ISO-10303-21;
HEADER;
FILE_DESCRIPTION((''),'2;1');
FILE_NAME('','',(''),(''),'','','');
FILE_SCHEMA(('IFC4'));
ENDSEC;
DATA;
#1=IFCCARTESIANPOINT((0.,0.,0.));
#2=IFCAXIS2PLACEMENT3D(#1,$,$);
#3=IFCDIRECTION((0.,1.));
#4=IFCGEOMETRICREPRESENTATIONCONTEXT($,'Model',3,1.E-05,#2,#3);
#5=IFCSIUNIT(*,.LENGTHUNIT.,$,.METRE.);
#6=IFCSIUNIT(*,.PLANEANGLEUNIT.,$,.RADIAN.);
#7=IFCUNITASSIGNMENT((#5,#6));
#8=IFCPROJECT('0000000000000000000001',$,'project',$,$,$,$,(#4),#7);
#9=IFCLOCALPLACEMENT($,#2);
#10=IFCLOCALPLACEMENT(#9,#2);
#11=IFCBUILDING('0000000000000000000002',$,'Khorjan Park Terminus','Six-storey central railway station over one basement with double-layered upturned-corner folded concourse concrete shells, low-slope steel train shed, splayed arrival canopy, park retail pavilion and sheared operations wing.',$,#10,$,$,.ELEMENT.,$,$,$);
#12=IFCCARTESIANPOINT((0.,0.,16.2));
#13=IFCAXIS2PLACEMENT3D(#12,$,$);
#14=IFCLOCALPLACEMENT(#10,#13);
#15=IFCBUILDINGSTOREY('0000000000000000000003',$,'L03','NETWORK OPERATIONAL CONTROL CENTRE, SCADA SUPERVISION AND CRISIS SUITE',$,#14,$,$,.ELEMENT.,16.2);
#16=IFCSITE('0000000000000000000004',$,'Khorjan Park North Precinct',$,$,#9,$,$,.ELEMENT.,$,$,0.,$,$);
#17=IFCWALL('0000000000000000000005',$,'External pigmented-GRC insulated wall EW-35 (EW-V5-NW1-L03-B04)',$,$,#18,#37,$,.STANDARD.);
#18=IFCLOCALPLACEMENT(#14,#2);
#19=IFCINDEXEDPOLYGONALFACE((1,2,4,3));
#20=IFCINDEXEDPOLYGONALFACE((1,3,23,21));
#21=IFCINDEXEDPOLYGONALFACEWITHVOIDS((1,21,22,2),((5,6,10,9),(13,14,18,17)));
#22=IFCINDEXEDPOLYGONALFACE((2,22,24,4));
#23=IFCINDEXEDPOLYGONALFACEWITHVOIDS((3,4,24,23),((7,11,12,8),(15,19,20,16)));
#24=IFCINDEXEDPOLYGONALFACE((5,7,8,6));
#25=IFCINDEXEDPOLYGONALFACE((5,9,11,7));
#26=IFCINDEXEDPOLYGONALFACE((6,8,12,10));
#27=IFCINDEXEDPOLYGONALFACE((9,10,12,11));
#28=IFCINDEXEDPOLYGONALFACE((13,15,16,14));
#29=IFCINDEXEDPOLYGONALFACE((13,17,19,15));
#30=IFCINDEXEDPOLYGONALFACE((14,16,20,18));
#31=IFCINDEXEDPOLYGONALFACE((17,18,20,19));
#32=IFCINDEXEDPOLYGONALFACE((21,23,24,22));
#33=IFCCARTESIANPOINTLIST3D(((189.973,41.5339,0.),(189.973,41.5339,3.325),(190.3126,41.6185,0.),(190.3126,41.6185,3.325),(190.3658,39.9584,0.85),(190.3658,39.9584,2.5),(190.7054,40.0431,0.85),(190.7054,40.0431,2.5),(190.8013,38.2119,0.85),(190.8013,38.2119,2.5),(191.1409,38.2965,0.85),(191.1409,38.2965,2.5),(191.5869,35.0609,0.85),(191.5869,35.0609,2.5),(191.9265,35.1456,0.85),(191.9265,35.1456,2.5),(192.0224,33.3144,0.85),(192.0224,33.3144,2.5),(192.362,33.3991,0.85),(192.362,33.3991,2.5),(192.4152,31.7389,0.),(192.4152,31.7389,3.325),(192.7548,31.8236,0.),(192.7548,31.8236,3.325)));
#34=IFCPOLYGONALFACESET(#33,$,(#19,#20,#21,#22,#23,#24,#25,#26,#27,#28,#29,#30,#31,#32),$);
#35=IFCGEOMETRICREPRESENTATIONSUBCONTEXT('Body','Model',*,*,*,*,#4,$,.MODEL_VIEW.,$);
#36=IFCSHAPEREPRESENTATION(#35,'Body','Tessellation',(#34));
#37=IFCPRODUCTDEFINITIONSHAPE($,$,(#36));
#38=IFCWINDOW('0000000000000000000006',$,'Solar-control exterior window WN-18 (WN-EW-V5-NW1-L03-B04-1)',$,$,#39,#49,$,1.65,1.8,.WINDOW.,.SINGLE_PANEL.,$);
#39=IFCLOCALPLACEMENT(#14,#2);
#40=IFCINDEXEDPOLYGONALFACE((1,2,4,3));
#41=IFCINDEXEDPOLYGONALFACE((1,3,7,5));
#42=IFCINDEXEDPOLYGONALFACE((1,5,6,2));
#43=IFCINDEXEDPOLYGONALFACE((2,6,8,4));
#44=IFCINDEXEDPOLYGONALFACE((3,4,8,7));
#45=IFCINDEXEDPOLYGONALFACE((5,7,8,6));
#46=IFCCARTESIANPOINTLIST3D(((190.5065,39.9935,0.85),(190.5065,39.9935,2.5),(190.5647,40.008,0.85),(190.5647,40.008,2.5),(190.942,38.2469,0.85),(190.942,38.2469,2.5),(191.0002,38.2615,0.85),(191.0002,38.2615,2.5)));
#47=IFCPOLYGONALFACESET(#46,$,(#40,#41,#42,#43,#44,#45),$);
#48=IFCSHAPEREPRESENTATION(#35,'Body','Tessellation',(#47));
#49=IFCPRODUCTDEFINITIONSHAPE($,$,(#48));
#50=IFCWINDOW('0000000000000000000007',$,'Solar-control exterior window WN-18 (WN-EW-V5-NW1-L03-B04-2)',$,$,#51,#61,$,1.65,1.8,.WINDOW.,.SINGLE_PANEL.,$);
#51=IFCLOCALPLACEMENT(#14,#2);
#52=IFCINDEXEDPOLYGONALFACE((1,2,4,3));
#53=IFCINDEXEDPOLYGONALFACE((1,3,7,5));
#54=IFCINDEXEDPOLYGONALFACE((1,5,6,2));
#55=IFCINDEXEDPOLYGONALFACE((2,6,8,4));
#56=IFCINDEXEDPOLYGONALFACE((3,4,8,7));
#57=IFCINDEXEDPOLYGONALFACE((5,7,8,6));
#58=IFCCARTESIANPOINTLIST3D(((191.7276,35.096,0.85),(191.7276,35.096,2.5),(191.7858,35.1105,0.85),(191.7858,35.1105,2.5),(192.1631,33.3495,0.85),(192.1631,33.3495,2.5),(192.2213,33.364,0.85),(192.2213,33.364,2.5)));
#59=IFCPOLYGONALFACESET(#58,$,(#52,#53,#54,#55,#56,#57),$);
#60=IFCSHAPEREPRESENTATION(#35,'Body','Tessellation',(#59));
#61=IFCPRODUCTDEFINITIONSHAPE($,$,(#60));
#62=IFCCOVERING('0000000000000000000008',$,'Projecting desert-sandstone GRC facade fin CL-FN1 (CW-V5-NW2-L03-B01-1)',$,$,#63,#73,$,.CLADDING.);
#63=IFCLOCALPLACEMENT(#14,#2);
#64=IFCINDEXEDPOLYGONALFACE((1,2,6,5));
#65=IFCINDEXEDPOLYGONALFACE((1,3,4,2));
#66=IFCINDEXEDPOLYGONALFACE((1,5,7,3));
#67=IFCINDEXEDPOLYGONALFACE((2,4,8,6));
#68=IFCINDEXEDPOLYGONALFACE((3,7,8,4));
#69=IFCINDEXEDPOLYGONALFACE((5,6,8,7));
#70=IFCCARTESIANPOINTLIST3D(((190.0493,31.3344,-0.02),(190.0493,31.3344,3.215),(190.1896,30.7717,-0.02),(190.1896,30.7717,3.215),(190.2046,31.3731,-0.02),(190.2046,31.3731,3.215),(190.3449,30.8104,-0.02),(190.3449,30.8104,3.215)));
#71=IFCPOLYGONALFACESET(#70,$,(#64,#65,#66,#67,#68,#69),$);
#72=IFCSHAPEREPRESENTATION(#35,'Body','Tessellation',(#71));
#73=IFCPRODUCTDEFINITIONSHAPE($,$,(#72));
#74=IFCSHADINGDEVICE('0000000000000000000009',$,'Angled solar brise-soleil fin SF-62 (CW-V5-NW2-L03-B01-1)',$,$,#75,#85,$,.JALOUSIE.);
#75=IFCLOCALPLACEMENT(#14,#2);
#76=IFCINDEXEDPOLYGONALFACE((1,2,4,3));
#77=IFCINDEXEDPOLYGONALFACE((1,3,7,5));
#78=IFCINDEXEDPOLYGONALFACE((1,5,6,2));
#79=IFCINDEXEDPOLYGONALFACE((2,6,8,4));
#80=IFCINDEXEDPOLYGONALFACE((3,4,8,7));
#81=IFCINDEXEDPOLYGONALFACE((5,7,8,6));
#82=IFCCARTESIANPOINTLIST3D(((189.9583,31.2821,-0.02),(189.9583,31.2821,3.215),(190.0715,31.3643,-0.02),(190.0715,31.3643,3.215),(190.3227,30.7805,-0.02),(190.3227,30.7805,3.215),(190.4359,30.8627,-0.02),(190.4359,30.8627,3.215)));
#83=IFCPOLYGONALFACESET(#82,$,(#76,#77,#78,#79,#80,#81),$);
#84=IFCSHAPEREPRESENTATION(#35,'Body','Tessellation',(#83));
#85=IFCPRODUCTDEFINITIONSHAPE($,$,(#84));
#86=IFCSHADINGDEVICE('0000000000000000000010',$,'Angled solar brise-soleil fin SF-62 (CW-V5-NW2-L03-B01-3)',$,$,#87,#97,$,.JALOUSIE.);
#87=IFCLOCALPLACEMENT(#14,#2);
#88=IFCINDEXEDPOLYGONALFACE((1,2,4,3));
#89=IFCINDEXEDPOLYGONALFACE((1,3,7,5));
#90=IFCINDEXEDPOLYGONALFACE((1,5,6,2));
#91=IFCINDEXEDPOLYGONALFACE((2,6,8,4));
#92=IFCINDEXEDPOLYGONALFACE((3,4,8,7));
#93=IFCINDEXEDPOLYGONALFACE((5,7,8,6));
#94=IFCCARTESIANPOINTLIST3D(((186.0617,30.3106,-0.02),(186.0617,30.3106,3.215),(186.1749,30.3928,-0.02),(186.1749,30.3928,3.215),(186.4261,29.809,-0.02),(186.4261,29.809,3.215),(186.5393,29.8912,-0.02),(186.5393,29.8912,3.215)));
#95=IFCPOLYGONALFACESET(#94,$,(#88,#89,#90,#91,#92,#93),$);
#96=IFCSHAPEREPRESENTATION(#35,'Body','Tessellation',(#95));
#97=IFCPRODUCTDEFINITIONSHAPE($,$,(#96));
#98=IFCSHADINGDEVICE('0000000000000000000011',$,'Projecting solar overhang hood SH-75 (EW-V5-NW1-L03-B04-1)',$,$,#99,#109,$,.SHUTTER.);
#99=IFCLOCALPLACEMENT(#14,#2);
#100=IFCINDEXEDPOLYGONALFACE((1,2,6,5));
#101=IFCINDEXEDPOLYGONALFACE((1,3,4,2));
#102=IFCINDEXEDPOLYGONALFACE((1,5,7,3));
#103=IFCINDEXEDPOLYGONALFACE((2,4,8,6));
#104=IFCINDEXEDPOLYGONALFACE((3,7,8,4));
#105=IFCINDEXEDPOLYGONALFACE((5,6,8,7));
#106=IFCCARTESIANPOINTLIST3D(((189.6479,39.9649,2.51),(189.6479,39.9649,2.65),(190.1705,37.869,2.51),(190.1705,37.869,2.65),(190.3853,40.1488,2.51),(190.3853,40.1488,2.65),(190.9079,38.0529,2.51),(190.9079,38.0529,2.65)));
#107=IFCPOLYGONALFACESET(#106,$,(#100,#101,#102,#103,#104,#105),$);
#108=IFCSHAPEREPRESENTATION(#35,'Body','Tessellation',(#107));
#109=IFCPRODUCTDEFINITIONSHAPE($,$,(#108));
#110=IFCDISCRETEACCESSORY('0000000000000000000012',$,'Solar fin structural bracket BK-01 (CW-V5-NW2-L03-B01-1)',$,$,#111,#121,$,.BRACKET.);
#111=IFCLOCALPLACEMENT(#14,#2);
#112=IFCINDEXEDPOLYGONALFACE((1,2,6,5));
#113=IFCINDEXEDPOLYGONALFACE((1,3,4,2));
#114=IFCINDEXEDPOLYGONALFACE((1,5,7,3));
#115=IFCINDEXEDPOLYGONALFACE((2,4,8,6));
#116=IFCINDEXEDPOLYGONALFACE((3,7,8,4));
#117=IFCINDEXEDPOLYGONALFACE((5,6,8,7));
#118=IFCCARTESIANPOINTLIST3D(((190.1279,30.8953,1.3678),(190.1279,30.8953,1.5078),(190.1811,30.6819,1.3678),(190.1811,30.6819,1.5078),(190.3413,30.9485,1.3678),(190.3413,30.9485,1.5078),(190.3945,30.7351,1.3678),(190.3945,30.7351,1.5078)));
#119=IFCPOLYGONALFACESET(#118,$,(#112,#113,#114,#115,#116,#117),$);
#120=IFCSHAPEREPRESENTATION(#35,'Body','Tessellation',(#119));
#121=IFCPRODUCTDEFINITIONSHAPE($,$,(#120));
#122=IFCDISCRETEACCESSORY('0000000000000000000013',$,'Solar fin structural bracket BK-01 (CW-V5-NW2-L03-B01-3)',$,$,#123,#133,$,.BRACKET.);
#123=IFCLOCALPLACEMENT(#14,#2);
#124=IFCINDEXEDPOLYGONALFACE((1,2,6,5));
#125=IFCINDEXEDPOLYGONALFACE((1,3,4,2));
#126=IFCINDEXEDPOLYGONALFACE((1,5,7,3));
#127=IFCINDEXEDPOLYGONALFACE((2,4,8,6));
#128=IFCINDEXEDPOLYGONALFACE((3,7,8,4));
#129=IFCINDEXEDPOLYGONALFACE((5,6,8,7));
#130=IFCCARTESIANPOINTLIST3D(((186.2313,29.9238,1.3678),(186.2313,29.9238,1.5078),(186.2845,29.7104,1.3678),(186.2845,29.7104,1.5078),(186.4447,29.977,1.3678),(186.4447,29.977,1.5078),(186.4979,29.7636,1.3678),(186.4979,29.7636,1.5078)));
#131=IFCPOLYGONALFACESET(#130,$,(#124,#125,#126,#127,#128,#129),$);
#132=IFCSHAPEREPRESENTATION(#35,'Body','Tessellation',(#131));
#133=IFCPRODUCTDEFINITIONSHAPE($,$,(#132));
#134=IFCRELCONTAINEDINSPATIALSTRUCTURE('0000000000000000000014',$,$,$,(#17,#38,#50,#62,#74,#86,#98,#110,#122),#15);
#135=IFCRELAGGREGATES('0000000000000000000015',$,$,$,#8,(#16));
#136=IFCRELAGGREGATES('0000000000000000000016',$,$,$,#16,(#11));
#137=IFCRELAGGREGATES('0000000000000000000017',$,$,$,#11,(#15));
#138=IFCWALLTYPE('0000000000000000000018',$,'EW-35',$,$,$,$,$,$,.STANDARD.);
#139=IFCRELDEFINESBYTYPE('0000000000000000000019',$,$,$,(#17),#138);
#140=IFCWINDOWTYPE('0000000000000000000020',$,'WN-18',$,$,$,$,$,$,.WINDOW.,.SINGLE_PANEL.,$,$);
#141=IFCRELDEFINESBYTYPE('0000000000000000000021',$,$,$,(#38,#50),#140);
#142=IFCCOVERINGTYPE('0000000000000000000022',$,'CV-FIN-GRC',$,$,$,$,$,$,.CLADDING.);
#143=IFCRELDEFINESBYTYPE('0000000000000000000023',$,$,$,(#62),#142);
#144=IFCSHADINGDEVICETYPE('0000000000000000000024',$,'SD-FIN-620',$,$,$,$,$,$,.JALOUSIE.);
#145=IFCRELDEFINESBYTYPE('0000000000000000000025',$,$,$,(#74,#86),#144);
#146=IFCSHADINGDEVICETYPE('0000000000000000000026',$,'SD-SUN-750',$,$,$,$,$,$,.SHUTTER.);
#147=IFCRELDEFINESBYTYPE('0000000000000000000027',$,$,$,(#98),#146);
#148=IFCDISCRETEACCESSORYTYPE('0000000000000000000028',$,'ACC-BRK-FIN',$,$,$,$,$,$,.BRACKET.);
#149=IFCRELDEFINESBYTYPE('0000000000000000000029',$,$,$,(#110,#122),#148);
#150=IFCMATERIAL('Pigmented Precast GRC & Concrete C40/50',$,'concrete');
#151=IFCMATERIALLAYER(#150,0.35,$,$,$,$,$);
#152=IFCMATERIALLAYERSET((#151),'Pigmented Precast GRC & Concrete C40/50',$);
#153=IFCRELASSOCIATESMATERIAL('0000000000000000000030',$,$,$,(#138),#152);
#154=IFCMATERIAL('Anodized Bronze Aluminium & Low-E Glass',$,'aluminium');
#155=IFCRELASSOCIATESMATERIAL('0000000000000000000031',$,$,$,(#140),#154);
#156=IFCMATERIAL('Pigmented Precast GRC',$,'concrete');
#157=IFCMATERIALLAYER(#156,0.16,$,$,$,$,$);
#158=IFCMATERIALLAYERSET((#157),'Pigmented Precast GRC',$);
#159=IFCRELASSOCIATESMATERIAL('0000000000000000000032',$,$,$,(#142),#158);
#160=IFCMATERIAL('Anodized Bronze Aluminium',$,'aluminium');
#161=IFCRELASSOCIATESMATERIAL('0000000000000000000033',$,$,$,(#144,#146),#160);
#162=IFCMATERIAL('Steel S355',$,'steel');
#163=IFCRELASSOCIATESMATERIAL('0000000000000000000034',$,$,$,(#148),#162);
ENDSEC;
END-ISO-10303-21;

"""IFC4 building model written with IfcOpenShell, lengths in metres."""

from ifc_helpers import new_model, si_unit, direction, frame, frame_2d, origin, origin_2d, place, context, subcontext, project, spatial, rectangle, extrude, material, layer, layer_set, type_object, element, fill, save


model = new_model("IFC4")

# Units and contexts
model_context = context("Model", 3, precision=1e-05, world=origin(), true_north=direction((0.0, 1.0)))
body_context = subcontext(model_context, "Body", "Model", "MODEL_VIEW")
ifc_project = project(units=[si_unit("LENGTHUNIT", "METRE"), si_unit("PLANEANGLEUNIT", "RADIAN")], contexts=[model_context])

# Site, building, storey
site_placement = place(None, origin())
site = spatial("IfcSite", under=ifc_project, at=site_placement, Name="Khorjan Park North Precinct", CompositionType="ELEMENT", RefElevation=0.0)
building_placement = place(site_placement, origin())
building = spatial("IfcBuilding", under=site, at=building_placement, Name="Khorjan Park Terminus", Description="Six-storey central railway station over one basement with double-layered upturned-corner folded concourse concrete shells, low-slope steel train shed, splayed arrival canopy, park retail pavilion and sheared operations wing.", CompositionType="ELEMENT")
storey_placement = place(building_placement, frame((0.0, 0.0, 16.2)))
storey = spatial("IfcBuildingStorey", under=building, at=storey_placement, Name="L03", Description="NETWORK OPERATIONAL CONTROL CENTRE, SCADA SUPERVISION AND CRISIS SUITE", CompositionType="ELEMENT", Elevation=16.2)

# Shared definitions
ifc_material_1 = material(Name="Anodized Bronze Aluminium", Category="aluminium")

# Wall, openings, windows
ifc_material_2 = material(Name="Pigmented Precast GRC & Concrete C40/50", Category="concrete")
ifc_layer_1 = layer(ifc_material_2, 0.35)
ifc_layer_set_1 = layer_set([ifc_layer_1], Name="Pigmented Precast GRC & Concrete C40/50")
wall_type = type_object("IfcWallType", Name="EW-35", PredefinedType="STANDARD", material=ifc_layer_set_1)
wall_placement = place(storey_placement, frame((190.1428, 41.5762, 0.0), z_axis=(0.0, 0.0, 1.0), x_axis=(0.241927, -0.970294, 0.0)))
wall = element("IfcWall", 1, at=wall_placement, inside=storey, type_object=wall_type, Name="External pigmented-GRC insulated wall EW-35 (EW-V5-NW1-L03-B04)", PredefinedType="STANDARD", context=body_context, shape_type="SweptSolid", body=[
    extrude(rectangle(XDim=10.0948, YDim=0.35, at=frame_2d((5.0474, 0.0))), origin(), (0.0, 0.0, 1.0), 3.325),
])
opening_1_placement = place(wall_placement, frame((1.6237, 0.0, 0.85)))
opening_1 = element("IfcOpeningElement", 2, at=opening_1_placement, cuts=wall, PredefinedType="OPENING", context=body_context, shape_type="SweptSolid", body=[
    extrude(rectangle(XDim=1.8, YDim=1.65, at=frame_2d((0.9, 0.825))), frame((0.0, 0.185, 0.0), z_axis=(0.0, -1.0, 0.0), x_axis=(1.0, 0.0, 0.0)), (0.0, 0.0, 1.0), 0.37),
])
opening_2_placement = place(wall_placement, frame((6.6711, 0.0, 0.85)))
opening_2 = element("IfcOpeningElement", 3, at=opening_2_placement, cuts=wall, PredefinedType="OPENING", context=body_context, shape_type="SweptSolid", body=[
    extrude(rectangle(XDim=1.8, YDim=1.65, at=frame_2d((0.9, 0.825))), frame((0.0, 0.185, 0.0), z_axis=(0.0, -1.0, 0.0), x_axis=(1.0, 0.0, 0.0)), (0.0, 0.0, 1.0), 0.37),
])
ifc_material_3 = material(Name="Anodized Bronze Aluminium & Low-E Glass", Category="aluminium")
window_type = type_object("IfcWindowType", Name="WN-18", PartitioningType="SINGLE_PANEL", PredefinedType="WINDOW", material=ifc_material_3)
window_1_placement = place(opening_1_placement, origin())
window_1 = element("IfcWindow", 4, at=window_1_placement, inside=storey, type_object=window_type, Name="Solar-control exterior window WN-18 (WN-EW-V5-NW1-L03-B04-1)", OverallHeight=1.65, OverallWidth=1.8, PartitioningType="SINGLE_PANEL", PredefinedType="WINDOW", context=body_context, shape_type="SweptSolid", body=[
    extrude(rectangle(XDim=1.8, YDim=1.65, at=frame_2d((0.9, 0.825))), frame((0.0, 0.03, 0.0), z_axis=(0.0, -1.0, 0.0), x_axis=(1.0, 0.0, 0.0)), (0.0, 0.0, 1.0), 0.06),
])
fill(opening_1, window_1)
window_2_placement = place(opening_2_placement, origin())
window_2 = element("IfcWindow", 5, at=window_2_placement, inside=storey, type_object=window_type, Name="Solar-control exterior window WN-18 (WN-EW-V5-NW1-L03-B04-2)", OverallHeight=1.65, OverallWidth=1.8, PartitioningType="SINGLE_PANEL", PredefinedType="WINDOW", context=body_context, shape_type="SweptSolid", body=[
    extrude(rectangle(XDim=1.8, YDim=1.65, at=frame_2d((0.9, 0.825))), frame((0.0, 0.03, 0.0), z_axis=(0.0, -1.0, 0.0), x_axis=(1.0, 0.0, 0.0)), (0.0, 0.0, 1.0), 0.06),
])
fill(opening_2, window_2)

# Covering
ifc_material_4 = material(Name="Pigmented Precast GRC", Category="concrete")
ifc_layer_2 = layer(ifc_material_4, 0.16)
ifc_layer_set_2 = layer_set([ifc_layer_2], Name="Pigmented Precast GRC")
covering_type = type_object("IfcCoveringType", Name="CV-FIN-GRC", PredefinedType="CLADDING", material=ifc_layer_set_2)
covering_placement = place(storey_placement, frame((190.1971, 31.0724, -0.02), z_axis=(0.0, 0.0, 1.0), x_axis=(0.241922, -0.970296, 0.0)))
element("IfcCovering", 6, at=covering_placement, inside=storey, type_object=covering_type, Name="Projecting desert-sandstone GRC facade fin CL-FN1 (CW-V5-NW2-L03-B01-1)", PredefinedType="CLADDING", context=body_context, shape_type="SweptSolid", body=[
    extrude(rectangle(XDim=0.58, YDim=0.16, at=origin_2d()), origin(), (0.0, 0.0, 1.0), 3.235),
])

# Shading devices
shading_device_type_1 = type_object("IfcShadingDeviceType", Name="SD-FIN-620", PredefinedType="JALOUSIE", material=ifc_material_1)
for number, where, z_axis, x_axis, name in (
    (7, (190.1971, 31.0724, -0.02), (0.0, 0.0, 1.0), (0.587785, -0.809017, 0.0), "Angled solar brise-soleil fin SF-62 (CW-V5-NW2-L03-B01-1)"),
    (8, (186.3005, 30.1009, -0.02), (0.0, 0.0, 1.0), (0.587785, -0.809017, 0.0), "Angled solar brise-soleil fin SF-62 (CW-V5-NW2-L03-B01-3)"),
):
    element("IfcShadingDevice", number, at=place(storey_placement, frame(where, z_axis=z_axis, x_axis=x_axis)), inside=storey, type_object=shading_device_type_1, Name=name, PredefinedType="JALOUSIE", context=body_context, shape_type="SweptSolid", body=[
        extrude(rectangle(XDim=0.62, YDim=0.14, at=origin_2d()), origin(), (0.0, 0.0, 1.0), 3.235),
    ])
shading_device_type_2 = type_object("IfcShadingDeviceType", Name="SD-SUN-750", PredefinedType="SHUTTER", material=ifc_material_1)
shading_device_placement = place(storey_placement, frame((190.2779, 39.0089, 2.51), z_axis=(0.0, 0.0, 1.0), x_axis=(0.241927, -0.970294, 0.0)))
element("IfcShadingDevice", 9, at=shading_device_placement, inside=storey, type_object=shading_device_type_2, Name="Projecting solar overhang hood SH-75 (EW-V5-NW1-L03-B04-1)", PredefinedType="SHUTTER", context=body_context, shape_type="SweptSolid", body=[
    extrude(rectangle(XDim=2.16, YDim=0.76, at=origin_2d()), origin(), (0.0, 0.0, 1.0), 0.14),
])

# Discrete accessories
ifc_material_5 = material(Name="Steel S355", Category="steel")
discrete_accessory_type = type_object("IfcDiscreteAccessoryType", Name="ACC-BRK-FIN", PredefinedType="BRACKET", material=ifc_material_5)
for number, where, z_axis, x_axis, name in (
    (10, (190.2612, 30.8152, 1.3678), (0.0, 0.0, 1.0), (-0.970296, -0.241919, 0.0), "Solar fin structural bracket BK-01 (CW-V5-NW2-L03-B01-1)"),
    (11, (186.3646, 29.8437, 1.3678), (0.0, 0.0, 1.0), (-0.970296, -0.241919, 0.0), "Solar fin structural bracket BK-01 (CW-V5-NW2-L03-B01-3)"),
):
    element("IfcDiscreteAccessory", number, at=place(storey_placement, frame(where, z_axis=z_axis, x_axis=x_axis)), inside=storey, type_object=discrete_accessory_type, Name=name, PredefinedType="BRACKET", context=body_context, shape_type="SweptSolid", body=[
        extrude(rectangle(XDim=0.22, YDim=0.22, at=origin_2d()), origin(), (0.0, 0.0, 1.0), 0.14),
    ])

save(model, "model.ifc")
